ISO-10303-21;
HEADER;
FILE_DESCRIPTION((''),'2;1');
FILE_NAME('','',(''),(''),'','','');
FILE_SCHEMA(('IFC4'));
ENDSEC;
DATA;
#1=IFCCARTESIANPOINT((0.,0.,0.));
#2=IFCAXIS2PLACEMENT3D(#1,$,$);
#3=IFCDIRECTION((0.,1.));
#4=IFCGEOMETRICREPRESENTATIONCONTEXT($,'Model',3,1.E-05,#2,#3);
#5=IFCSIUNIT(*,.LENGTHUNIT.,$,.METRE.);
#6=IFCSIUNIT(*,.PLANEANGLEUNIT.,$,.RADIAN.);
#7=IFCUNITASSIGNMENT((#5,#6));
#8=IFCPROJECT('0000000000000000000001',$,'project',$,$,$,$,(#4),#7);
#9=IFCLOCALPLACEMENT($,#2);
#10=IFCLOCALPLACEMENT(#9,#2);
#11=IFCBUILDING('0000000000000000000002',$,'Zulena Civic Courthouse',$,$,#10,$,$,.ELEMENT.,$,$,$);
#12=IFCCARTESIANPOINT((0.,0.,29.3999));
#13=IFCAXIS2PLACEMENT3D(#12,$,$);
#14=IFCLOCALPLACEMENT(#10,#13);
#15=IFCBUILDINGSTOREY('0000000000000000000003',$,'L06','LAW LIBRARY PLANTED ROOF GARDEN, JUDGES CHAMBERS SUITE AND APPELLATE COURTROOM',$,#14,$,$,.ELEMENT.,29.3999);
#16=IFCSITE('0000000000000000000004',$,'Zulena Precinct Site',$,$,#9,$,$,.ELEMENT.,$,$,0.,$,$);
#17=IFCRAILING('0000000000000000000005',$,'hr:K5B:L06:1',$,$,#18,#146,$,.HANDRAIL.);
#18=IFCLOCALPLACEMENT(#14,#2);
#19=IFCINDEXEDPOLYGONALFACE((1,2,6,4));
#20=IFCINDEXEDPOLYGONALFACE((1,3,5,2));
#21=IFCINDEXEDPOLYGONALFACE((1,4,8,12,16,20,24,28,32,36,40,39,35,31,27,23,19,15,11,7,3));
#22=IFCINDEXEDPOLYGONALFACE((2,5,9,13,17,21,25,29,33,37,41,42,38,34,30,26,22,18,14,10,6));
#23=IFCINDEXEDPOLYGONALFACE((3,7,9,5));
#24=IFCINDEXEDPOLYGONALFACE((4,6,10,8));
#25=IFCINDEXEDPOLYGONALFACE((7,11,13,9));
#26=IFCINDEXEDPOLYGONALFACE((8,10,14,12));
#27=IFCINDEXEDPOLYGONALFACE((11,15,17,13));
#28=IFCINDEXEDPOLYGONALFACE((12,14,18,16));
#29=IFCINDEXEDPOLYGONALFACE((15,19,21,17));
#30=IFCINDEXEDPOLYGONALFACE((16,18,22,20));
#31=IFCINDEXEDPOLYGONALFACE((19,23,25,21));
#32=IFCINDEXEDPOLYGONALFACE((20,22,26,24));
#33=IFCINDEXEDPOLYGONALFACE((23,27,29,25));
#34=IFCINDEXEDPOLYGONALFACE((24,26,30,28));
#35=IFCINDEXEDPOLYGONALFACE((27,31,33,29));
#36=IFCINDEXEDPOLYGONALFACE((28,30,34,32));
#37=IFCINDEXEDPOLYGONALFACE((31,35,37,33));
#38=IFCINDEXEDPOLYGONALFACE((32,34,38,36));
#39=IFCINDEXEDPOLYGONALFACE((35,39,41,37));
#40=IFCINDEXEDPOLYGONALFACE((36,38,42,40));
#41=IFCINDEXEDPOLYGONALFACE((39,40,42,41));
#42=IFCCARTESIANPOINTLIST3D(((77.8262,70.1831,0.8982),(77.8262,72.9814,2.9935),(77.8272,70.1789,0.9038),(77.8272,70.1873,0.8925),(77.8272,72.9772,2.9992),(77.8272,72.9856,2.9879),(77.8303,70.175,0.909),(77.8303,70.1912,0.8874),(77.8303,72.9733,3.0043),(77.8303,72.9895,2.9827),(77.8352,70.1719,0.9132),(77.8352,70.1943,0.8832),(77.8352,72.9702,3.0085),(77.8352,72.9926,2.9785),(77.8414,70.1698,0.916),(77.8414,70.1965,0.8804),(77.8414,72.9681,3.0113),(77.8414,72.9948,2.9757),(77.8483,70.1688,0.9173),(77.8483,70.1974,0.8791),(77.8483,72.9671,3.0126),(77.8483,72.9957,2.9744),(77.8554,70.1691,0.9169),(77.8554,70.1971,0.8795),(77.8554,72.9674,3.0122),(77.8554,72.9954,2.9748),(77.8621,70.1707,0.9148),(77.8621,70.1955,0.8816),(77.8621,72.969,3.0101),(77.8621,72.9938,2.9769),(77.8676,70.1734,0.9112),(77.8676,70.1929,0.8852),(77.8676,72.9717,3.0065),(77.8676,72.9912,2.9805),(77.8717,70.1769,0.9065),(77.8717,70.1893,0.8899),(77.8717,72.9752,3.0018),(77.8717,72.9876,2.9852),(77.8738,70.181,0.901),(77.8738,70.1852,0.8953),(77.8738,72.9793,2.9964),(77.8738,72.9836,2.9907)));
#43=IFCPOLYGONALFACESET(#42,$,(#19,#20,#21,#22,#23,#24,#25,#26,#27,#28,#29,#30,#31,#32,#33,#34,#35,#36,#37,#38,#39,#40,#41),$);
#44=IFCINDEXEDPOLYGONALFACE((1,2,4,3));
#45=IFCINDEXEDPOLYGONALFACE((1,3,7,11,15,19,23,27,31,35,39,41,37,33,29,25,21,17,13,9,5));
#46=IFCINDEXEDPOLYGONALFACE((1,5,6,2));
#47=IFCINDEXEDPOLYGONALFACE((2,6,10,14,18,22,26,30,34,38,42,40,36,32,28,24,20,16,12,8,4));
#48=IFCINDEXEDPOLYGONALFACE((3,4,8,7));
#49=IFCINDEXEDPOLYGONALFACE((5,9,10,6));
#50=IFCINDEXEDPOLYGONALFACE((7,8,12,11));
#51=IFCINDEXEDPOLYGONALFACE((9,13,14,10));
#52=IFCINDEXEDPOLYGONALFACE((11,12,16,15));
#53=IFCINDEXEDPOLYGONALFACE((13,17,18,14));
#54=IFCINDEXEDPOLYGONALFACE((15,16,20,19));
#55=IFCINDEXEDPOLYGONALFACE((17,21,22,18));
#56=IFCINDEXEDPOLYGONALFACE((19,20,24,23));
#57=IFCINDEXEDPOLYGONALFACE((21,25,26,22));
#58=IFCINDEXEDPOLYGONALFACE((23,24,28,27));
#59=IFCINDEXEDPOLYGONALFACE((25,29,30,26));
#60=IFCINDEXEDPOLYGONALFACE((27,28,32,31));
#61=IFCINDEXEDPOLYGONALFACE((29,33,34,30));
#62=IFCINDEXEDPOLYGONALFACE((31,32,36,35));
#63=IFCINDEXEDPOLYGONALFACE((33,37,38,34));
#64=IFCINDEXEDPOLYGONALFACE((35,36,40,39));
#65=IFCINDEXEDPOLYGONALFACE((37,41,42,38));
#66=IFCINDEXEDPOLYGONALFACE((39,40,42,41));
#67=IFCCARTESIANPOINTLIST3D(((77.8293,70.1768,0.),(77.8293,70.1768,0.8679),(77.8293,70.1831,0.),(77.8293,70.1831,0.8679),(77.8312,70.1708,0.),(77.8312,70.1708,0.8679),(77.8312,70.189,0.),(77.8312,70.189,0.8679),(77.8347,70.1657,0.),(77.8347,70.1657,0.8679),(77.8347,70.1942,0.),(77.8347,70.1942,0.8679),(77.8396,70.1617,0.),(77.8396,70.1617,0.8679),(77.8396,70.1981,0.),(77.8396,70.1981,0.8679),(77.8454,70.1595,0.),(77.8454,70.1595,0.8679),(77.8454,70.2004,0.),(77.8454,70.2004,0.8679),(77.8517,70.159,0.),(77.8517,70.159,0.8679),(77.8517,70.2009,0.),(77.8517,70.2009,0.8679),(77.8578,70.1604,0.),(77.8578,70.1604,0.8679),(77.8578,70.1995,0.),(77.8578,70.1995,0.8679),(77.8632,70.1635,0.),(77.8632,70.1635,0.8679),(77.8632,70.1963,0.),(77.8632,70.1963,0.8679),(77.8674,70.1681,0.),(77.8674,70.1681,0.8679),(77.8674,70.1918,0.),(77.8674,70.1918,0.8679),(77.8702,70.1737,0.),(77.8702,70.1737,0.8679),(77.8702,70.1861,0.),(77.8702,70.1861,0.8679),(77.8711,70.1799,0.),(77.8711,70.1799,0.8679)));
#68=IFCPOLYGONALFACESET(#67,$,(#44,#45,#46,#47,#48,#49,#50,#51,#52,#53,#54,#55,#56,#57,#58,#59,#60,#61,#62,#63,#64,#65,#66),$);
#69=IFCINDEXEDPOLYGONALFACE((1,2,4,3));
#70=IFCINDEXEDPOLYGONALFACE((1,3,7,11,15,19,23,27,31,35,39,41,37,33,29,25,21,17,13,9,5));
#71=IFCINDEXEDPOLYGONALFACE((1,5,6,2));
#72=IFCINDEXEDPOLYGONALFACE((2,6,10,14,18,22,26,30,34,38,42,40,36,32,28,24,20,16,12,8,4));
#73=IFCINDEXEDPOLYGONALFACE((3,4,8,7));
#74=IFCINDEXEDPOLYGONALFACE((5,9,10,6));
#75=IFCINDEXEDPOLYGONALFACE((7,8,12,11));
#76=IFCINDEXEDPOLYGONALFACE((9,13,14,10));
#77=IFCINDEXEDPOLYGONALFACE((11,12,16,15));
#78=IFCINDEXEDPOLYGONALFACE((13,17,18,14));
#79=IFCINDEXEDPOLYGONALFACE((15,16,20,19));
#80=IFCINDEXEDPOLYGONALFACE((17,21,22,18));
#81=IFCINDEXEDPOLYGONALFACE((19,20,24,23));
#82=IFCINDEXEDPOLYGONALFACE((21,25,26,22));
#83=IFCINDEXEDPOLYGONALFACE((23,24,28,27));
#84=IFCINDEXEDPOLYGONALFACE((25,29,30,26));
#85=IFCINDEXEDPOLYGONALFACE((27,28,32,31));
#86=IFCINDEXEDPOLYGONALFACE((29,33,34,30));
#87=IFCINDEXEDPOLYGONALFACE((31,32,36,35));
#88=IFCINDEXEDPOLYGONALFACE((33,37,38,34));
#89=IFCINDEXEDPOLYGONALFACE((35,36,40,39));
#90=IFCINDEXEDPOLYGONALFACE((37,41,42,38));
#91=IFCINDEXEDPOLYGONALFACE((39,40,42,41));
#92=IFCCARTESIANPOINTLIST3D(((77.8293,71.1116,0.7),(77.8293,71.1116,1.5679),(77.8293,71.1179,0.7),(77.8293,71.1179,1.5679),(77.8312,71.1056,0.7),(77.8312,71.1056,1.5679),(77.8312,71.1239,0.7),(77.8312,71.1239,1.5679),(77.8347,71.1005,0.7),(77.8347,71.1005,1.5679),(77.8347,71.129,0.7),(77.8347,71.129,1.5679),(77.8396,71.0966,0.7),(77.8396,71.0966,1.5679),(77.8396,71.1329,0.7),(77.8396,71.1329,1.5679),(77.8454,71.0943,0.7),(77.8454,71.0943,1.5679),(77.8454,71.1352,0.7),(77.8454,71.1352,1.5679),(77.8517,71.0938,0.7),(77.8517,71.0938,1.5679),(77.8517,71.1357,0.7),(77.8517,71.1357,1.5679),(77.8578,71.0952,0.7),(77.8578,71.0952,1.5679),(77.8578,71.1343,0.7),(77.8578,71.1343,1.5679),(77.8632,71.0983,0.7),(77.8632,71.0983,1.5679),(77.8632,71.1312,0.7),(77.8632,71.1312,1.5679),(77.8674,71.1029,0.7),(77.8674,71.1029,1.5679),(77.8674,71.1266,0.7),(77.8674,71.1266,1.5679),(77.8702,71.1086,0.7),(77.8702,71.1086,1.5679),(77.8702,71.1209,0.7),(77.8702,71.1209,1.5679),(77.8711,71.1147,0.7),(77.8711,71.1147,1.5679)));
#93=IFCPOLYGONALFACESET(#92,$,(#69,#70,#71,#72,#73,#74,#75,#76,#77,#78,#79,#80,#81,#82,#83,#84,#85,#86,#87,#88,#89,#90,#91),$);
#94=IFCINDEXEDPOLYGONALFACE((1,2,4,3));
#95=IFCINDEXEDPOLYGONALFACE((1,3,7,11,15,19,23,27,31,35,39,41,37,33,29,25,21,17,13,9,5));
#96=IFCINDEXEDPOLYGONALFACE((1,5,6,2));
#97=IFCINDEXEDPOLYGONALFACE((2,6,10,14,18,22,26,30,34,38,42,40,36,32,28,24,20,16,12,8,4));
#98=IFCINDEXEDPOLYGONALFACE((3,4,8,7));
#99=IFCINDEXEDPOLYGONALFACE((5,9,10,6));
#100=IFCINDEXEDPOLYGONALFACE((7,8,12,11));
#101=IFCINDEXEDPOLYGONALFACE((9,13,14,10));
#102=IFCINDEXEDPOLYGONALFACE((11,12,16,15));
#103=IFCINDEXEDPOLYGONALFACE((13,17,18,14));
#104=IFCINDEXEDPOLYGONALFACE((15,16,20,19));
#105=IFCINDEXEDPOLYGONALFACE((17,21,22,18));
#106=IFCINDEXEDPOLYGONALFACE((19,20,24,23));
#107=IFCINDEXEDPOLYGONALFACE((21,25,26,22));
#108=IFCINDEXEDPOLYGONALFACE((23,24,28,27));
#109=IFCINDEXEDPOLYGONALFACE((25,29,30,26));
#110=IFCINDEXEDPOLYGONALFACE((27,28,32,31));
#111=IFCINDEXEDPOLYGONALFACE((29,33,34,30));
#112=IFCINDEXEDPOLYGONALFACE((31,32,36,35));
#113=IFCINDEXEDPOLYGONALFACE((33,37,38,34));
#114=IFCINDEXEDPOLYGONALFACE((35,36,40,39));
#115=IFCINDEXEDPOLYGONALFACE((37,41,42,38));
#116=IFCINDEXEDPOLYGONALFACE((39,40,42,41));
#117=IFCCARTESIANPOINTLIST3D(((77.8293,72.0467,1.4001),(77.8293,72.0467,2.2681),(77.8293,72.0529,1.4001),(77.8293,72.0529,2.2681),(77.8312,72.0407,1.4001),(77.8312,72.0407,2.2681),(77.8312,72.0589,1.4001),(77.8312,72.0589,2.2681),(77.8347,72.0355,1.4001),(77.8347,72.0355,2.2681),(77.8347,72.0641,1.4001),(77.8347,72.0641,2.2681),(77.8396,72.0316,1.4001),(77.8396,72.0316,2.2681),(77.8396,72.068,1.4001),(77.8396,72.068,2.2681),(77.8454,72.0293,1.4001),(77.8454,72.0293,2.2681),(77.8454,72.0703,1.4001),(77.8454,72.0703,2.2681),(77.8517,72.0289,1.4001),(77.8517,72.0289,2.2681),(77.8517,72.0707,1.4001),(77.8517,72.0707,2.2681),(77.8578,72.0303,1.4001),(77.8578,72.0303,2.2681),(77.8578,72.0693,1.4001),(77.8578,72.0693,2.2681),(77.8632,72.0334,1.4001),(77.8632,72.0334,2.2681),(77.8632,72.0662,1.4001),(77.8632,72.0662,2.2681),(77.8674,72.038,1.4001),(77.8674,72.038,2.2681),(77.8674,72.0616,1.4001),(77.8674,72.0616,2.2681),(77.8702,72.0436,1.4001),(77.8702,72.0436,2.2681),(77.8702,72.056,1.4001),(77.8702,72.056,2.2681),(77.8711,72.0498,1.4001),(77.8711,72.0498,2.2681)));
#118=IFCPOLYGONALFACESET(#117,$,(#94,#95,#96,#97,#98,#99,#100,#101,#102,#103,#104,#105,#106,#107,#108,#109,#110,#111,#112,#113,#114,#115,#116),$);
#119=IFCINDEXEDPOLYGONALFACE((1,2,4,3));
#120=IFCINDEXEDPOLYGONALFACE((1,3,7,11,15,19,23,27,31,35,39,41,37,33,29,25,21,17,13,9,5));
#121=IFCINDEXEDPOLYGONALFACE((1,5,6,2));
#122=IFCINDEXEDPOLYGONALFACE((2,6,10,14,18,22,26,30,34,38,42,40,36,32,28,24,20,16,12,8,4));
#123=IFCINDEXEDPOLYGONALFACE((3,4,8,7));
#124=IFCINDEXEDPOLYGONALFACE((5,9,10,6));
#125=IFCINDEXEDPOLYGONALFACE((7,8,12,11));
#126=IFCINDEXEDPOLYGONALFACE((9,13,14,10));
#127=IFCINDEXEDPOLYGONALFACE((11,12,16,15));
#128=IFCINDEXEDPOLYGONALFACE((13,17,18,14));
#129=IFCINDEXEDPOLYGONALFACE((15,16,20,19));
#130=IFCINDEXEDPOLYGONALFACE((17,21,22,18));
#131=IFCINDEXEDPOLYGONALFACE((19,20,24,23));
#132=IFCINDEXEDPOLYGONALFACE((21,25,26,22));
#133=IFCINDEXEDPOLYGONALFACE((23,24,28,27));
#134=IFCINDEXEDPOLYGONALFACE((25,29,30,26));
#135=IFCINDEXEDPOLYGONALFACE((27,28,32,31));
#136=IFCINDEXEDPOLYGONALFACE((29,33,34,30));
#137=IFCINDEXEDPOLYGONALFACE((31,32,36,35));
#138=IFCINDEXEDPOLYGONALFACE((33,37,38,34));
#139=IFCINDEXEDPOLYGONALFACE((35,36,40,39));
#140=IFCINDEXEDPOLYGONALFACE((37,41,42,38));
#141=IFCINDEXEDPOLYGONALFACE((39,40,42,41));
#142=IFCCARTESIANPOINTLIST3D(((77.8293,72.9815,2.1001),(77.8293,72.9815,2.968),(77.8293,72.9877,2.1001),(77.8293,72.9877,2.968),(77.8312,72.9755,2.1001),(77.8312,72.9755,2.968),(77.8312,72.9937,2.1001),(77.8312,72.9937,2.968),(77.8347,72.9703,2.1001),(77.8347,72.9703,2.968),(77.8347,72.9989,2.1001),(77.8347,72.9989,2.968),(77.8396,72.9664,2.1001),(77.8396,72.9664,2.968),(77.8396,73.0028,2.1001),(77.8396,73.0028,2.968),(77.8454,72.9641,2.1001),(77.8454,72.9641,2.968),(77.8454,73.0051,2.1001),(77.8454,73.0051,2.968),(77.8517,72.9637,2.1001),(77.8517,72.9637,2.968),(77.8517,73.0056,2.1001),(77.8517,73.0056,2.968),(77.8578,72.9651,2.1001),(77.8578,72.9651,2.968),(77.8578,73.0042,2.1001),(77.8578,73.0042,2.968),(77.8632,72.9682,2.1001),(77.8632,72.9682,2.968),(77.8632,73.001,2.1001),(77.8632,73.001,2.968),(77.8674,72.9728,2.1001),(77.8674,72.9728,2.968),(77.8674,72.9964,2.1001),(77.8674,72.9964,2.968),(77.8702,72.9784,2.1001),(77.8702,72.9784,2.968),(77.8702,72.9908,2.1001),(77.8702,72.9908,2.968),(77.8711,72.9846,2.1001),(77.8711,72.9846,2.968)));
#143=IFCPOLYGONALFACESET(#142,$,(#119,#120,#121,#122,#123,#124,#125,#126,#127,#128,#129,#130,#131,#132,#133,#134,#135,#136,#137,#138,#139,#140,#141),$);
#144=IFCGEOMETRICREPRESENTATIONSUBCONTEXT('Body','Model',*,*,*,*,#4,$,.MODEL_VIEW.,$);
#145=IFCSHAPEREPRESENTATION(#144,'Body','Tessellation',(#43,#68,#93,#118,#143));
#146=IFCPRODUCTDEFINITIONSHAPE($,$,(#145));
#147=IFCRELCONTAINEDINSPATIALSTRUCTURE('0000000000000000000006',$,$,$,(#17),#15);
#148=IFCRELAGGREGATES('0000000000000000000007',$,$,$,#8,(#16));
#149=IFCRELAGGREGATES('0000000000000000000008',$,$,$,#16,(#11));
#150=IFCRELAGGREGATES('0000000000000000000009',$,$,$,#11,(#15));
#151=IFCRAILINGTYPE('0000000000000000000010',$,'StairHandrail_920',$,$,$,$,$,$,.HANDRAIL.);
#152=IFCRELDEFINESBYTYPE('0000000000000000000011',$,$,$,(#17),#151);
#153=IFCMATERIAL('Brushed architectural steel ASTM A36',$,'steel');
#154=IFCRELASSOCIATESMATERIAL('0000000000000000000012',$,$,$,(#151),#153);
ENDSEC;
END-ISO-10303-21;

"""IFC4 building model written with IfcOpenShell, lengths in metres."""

from ifc_helpers import new_model, si_unit, direction, frame, origin, origin_2d, place, context, subcontext, project, spatial, circle, extrude, material, type_object, element, save


model = new_model("IFC4")

# Units and contexts
model_context = context("Model", 3, precision=1e-05, world=origin(), true_north=direction((0.0, 1.0)))
body_context = subcontext(model_context, "Body", "Model", "MODEL_VIEW")
ifc_project = project(units=[si_unit("LENGTHUNIT", "METRE"), si_unit("PLANEANGLEUNIT", "RADIAN")], contexts=[model_context])

# Site, building, storey
site_placement = place(None, origin())
site = spatial("IfcSite", under=ifc_project, at=site_placement, Name="Zulena Precinct Site", CompositionType="ELEMENT", RefElevation=0.0)
building_placement = place(site_placement, origin())
building = spatial("IfcBuilding", under=site, at=building_placement, Name="Zulena Civic Courthouse", CompositionType="ELEMENT")
storey_placement = place(building_placement, frame((0.0, 0.0, 29.3999)))
storey = spatial("IfcBuildingStorey", under=building, at=storey_placement, Name="L06", Description="LAW LIBRARY PLANTED ROOF GARDEN, JUDGES CHAMBERS SUITE AND APPELLATE COURTROOM", CompositionType="ELEMENT", Elevation=29.3999)

# Railing
ifc_material_1 = material(Name="Brushed architectural steel ASTM A36", Category="steel")
railing_type_1 = type_object("IfcRailingType", Name="StairHandrail_920", PredefinedType="HANDRAIL", material=ifc_material_1)
railing_1_placement = place(storey_placement, frame((77.8501, 70.1799, 0.0)))
element("IfcRailing", 1, at=railing_1_placement, inside=storey, type_object=railing_type_1, Name="hr:K5B:L06:1", PredefinedType="HANDRAIL", context=body_context, shape_type="SweptSolid", body=[
    extrude(circle(Radius=0.0239, at=origin_2d()), frame((0.0, 0.0032, 0.8982), z_axis=(0.0, 0.800468, 0.599375), x_axis=(-1.0, 0.0, 0.0)), (0.0, 0.0, 1.0), 3.4958),
    extrude(circle(Radius=0.021, at=origin_2d()), origin(), (0.0, 0.0, 1.0), 0.8679),
    extrude(circle(Radius=0.021, at=origin_2d()), frame((0.0, 0.9348, 0.7)), (0.0, 0.0, 1.0), 0.8679),
    extrude(circle(Radius=0.021, at=origin_2d()), frame((0.0, 1.8699, 1.4001)), (0.0, 0.0, 1.0), 0.8679),
    extrude(circle(Radius=0.021, at=origin_2d()), frame((0.0, 2.8047, 2.1001)), (0.0, 0.0, 1.0), 0.8679),
])

save(model, "model.ifc")
